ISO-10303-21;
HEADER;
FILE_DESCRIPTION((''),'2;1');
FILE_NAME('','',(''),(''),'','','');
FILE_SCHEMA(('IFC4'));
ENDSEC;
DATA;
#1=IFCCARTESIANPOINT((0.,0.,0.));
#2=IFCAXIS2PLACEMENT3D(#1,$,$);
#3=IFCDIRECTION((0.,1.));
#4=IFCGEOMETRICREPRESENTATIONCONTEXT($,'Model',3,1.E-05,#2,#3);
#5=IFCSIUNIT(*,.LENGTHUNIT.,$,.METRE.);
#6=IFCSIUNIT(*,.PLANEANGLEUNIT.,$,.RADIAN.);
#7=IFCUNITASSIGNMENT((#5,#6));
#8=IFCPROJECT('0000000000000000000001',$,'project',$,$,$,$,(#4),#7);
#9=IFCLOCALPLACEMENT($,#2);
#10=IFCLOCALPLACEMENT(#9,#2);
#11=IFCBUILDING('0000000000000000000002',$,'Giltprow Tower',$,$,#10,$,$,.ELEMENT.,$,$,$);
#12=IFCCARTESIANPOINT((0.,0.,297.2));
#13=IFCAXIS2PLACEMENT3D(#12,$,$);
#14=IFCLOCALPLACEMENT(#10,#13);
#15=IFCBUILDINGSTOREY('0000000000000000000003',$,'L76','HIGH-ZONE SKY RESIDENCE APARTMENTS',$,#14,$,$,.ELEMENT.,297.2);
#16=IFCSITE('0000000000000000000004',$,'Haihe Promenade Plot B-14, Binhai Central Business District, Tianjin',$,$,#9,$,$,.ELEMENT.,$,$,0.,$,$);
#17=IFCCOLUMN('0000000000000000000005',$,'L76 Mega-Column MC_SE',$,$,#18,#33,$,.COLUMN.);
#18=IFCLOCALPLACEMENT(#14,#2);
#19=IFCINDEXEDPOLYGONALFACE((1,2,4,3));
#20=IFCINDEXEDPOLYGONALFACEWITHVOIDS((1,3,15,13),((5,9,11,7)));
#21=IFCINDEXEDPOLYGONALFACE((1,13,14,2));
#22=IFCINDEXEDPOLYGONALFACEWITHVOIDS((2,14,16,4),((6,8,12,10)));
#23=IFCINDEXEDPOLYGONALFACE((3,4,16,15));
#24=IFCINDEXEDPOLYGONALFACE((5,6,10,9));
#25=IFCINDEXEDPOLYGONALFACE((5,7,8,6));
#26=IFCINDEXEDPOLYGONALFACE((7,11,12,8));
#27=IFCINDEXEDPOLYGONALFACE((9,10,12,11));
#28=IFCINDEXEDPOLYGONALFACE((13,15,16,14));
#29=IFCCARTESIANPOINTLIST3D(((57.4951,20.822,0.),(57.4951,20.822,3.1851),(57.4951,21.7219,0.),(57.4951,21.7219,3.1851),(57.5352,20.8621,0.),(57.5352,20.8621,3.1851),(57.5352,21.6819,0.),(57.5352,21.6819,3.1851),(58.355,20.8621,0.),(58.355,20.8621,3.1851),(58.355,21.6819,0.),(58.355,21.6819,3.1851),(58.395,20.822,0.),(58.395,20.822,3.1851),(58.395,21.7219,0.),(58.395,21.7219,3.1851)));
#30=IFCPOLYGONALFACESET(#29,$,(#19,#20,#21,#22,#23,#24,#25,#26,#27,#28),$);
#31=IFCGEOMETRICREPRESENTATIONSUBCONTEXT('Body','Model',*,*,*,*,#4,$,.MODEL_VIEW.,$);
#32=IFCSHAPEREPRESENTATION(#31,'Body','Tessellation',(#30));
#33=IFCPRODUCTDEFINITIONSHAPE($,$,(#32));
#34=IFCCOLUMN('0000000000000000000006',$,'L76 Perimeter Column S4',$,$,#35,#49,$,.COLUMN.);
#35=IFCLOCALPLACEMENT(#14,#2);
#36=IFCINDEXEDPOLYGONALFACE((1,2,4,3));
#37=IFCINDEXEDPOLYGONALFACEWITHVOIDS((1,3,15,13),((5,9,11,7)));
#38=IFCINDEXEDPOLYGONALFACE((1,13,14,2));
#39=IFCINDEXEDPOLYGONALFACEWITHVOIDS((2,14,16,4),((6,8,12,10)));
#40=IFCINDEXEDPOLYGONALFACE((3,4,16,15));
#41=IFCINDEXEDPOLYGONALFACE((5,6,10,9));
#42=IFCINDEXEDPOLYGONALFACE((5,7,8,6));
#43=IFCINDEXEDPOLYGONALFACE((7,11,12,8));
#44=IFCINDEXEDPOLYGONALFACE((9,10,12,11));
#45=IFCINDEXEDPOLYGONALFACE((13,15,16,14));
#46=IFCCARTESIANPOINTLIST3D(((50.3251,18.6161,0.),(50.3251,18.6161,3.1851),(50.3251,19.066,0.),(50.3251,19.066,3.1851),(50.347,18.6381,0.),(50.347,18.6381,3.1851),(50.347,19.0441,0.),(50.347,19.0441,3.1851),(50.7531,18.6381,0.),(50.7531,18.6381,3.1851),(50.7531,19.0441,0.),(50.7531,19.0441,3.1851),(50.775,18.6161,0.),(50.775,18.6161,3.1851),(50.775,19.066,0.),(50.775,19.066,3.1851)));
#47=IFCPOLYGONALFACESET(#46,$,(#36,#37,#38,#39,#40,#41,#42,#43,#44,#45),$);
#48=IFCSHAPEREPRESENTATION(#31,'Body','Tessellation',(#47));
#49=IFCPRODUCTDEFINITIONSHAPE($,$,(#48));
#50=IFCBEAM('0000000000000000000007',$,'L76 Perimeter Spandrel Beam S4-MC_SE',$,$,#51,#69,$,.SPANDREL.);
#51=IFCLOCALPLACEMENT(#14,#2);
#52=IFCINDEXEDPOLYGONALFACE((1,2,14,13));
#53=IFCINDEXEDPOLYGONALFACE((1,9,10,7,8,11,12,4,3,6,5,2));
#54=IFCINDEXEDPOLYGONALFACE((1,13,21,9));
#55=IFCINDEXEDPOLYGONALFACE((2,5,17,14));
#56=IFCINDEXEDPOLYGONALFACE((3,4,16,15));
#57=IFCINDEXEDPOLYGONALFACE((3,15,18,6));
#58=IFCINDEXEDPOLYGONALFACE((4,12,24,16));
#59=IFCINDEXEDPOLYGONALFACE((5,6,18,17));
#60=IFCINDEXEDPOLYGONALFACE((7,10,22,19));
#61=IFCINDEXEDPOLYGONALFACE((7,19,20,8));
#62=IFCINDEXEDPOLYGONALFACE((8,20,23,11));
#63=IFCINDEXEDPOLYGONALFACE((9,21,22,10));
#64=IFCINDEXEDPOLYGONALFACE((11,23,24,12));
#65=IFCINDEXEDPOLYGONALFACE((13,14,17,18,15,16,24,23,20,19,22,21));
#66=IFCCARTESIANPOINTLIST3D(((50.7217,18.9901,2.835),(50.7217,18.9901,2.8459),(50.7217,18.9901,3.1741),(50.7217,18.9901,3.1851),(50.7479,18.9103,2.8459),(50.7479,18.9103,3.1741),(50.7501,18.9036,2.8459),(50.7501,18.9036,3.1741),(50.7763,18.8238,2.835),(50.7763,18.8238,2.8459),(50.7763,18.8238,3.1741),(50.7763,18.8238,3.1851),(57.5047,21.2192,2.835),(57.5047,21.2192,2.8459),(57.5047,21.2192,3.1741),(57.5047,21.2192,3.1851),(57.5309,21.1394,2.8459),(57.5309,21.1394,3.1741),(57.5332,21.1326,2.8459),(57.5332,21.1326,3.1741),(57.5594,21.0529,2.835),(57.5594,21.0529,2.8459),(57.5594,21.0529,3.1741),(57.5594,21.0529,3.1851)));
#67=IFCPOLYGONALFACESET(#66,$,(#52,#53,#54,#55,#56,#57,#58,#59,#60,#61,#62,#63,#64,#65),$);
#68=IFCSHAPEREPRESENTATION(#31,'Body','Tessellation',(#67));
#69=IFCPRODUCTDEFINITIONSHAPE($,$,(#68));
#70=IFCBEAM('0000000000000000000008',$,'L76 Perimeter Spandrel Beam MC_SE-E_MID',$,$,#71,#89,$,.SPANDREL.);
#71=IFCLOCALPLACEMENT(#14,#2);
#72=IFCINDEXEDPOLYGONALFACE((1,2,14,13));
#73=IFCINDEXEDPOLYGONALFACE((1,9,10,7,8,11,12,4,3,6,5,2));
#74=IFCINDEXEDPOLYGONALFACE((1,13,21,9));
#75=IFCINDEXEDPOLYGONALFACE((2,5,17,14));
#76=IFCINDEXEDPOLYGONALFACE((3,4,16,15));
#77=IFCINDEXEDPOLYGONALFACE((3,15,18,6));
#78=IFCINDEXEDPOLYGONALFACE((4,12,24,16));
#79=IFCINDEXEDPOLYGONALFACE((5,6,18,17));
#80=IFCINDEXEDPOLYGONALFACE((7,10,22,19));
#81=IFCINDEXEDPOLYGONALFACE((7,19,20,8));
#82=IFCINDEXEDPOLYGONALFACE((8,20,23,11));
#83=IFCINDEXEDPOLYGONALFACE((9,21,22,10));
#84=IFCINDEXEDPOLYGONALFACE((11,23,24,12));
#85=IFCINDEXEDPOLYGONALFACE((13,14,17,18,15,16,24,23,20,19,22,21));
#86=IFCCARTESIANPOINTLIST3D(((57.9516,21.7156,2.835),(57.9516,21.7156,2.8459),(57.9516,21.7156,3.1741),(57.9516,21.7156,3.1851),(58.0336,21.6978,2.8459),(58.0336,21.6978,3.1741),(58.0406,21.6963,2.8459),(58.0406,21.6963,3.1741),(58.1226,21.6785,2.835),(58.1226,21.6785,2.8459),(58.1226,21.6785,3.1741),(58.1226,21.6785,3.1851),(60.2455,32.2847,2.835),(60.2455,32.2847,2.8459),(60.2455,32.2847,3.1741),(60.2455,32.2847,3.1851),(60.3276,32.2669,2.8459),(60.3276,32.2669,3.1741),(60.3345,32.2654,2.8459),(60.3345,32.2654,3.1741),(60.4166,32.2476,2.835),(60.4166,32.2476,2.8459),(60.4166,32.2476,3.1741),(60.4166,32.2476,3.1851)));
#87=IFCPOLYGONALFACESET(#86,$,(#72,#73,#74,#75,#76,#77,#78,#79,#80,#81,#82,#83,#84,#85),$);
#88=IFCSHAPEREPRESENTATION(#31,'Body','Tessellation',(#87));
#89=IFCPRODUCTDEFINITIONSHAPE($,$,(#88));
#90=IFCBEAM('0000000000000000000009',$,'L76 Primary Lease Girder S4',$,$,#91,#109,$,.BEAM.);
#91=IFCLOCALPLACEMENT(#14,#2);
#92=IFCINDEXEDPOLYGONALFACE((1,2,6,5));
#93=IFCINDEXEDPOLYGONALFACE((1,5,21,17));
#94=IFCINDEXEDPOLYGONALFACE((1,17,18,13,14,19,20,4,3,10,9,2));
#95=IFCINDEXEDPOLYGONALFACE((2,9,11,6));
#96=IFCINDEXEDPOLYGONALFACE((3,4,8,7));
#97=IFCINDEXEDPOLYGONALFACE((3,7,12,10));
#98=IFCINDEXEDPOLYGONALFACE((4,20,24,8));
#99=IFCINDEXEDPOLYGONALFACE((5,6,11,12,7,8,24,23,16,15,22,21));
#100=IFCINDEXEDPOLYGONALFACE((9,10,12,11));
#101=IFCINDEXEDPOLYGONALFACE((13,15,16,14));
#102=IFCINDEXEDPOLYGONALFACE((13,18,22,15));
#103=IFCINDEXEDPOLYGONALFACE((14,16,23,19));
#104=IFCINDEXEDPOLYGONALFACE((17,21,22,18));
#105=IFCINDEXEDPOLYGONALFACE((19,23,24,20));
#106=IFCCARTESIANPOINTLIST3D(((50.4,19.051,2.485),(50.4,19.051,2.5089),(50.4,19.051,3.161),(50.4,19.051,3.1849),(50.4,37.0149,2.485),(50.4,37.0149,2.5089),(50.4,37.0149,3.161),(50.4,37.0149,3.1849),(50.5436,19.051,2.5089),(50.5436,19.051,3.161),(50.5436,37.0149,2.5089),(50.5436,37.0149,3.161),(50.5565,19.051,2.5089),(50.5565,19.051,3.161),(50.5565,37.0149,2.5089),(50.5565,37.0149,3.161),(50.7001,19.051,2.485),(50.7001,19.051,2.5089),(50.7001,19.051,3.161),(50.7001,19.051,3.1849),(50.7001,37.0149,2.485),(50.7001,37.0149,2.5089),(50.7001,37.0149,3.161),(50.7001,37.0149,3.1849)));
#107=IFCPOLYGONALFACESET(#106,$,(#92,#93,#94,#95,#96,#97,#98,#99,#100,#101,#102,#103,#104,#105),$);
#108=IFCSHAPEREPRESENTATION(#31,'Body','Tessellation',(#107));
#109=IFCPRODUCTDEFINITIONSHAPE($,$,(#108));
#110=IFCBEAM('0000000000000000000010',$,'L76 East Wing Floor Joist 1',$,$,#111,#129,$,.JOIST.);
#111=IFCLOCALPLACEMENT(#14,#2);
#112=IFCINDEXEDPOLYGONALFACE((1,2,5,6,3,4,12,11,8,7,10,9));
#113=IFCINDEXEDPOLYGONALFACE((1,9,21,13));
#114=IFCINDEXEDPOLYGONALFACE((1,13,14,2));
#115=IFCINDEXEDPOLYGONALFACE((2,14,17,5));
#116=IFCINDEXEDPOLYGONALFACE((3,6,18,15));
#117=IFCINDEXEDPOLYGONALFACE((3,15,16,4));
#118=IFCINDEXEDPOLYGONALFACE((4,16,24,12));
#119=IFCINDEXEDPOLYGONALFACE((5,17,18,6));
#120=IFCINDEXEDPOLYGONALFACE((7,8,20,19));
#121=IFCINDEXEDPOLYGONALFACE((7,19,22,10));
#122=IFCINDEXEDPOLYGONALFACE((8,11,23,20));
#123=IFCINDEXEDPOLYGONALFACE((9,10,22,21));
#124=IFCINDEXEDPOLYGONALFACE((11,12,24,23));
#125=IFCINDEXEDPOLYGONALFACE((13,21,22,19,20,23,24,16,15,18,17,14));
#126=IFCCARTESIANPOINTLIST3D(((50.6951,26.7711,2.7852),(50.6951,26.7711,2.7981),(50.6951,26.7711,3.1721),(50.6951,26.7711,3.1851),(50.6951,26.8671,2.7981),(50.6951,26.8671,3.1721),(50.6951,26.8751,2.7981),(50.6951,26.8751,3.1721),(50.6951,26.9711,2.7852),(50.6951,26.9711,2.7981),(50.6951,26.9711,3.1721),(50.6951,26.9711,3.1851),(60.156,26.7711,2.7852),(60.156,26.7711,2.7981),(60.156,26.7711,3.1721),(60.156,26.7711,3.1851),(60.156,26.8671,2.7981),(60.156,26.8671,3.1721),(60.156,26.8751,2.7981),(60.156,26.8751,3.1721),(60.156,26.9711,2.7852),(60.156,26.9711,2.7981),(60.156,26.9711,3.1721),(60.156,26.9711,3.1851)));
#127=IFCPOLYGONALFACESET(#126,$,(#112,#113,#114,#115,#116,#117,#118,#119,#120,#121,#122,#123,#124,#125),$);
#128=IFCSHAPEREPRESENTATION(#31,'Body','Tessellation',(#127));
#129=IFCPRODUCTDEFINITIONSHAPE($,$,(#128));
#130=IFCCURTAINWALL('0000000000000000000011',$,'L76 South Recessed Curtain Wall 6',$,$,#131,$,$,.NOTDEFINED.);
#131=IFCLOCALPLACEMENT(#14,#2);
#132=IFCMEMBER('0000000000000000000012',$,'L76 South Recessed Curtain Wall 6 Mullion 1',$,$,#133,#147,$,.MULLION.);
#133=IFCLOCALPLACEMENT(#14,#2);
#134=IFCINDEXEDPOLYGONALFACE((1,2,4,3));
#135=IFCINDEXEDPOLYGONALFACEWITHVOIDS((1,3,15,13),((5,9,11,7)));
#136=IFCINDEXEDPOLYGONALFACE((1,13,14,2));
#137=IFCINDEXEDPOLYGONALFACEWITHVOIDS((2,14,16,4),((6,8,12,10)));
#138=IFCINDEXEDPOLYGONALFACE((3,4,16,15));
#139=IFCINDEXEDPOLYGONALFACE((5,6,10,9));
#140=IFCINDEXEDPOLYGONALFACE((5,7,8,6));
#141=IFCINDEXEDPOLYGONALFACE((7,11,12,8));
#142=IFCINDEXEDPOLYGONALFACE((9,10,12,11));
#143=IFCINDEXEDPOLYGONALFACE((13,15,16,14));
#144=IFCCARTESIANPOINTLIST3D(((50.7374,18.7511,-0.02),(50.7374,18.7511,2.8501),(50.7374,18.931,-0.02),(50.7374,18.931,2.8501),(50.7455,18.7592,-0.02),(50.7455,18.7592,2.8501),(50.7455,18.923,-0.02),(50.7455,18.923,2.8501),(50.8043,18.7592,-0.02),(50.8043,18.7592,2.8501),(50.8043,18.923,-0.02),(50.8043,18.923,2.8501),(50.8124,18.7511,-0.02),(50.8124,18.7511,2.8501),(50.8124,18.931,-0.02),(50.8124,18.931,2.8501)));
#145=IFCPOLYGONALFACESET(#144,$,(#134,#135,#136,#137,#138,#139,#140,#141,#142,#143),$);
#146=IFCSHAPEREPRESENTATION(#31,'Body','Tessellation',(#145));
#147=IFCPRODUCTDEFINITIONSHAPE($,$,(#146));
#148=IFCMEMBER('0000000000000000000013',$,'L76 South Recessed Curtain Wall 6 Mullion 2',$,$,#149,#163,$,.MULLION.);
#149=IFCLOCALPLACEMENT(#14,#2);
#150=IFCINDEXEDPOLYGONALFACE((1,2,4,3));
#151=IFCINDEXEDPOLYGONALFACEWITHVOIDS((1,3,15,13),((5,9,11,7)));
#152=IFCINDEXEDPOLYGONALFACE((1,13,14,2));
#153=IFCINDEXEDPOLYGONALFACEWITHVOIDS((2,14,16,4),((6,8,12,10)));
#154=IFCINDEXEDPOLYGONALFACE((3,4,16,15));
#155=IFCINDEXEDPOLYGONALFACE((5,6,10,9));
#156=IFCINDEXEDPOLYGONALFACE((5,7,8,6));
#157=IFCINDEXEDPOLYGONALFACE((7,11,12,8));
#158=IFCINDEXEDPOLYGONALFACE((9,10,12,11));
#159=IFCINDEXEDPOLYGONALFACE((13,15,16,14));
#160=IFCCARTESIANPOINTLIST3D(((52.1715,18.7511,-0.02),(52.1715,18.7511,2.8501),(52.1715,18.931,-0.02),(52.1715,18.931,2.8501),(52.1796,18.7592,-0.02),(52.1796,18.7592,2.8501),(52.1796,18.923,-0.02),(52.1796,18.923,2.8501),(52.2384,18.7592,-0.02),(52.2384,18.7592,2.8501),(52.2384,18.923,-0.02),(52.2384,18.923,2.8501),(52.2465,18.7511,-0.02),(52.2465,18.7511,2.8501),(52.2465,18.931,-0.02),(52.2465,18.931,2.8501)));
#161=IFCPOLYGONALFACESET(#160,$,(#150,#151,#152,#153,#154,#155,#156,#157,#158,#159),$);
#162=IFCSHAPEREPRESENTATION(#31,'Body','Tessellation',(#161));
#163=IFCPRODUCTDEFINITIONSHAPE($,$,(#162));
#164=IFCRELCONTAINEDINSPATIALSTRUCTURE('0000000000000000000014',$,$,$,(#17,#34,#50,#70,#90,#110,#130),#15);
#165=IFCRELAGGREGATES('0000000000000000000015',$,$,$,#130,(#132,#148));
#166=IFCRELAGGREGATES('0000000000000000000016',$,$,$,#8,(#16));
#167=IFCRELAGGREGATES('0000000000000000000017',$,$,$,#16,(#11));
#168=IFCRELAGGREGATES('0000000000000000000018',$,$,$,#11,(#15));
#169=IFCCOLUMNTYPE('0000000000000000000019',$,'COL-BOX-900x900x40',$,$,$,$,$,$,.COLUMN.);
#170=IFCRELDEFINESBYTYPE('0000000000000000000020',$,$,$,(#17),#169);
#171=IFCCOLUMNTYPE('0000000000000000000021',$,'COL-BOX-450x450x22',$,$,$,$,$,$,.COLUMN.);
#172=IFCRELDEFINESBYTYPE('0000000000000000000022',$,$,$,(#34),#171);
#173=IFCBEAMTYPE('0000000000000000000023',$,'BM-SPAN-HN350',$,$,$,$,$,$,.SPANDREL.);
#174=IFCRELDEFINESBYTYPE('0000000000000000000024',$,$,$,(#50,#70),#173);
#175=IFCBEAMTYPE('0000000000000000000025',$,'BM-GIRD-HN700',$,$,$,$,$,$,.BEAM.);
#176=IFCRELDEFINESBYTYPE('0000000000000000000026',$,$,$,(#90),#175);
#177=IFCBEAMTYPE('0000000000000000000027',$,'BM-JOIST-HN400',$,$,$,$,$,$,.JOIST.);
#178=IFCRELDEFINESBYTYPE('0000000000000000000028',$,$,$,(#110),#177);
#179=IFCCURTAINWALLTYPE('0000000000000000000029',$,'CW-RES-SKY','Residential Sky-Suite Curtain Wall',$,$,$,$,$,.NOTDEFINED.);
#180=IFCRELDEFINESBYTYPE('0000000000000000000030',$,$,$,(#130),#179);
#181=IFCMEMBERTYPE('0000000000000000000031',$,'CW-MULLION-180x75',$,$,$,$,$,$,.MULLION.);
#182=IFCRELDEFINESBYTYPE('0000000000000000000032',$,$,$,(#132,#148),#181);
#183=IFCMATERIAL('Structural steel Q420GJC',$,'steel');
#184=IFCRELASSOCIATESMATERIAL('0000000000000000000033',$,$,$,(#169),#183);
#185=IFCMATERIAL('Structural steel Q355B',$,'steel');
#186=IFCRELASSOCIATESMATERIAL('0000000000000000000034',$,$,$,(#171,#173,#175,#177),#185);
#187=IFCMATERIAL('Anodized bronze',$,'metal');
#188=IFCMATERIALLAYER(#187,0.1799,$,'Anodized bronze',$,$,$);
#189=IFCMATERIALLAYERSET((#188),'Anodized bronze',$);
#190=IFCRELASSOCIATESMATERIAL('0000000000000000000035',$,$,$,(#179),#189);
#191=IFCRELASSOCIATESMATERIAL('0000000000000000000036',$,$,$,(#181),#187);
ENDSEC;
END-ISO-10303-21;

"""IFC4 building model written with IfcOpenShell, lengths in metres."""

from ifc_helpers import new_model, si_unit, direction, frame, origin, origin_2d, place, context, subcontext, project, spatial, hollow_rectangle, i_section, extrude, source, transform, mapped, material, layer, layer_set, material_profile, profile_set, type_object, element, aggregate, save


model = new_model("IFC4")

# Units and contexts
model_context = context("Model", 3, precision=1e-05, world=origin(), true_north=direction((0.0, 1.0)))
body_context = subcontext(model_context, "Body", "Model", "MODEL_VIEW")
ifc_project = project(units=[si_unit("LENGTHUNIT", "METRE"), si_unit("PLANEANGLEUNIT", "RADIAN")], contexts=[model_context])

# Site, building, storey
site_placement = place(None, origin())
site = spatial("IfcSite", under=ifc_project, at=site_placement, Name="Haihe Promenade Plot B-14, Binhai Central Business District, Tianjin", CompositionType="ELEMENT", RefElevation=0.0)
building_placement = place(site_placement, origin())
building = spatial("IfcBuilding", under=site, at=building_placement, Name="Giltprow Tower", CompositionType="ELEMENT")
storey_placement = place(building_placement, frame((0.0, 0.0, 297.2)))
storey = spatial("IfcBuildingStorey", under=building, at=storey_placement, Name="L76", Description="HIGH-ZONE SKY RESIDENCE APARTMENTS", CompositionType="ELEMENT", Elevation=297.2)

# Columns
ifc_material_1 = material(Name="Structural steel Q420GJC", Category="steel")
ifc_material_profile_1 = material_profile(ifc_material_1, hollow_rectangle(XDim=0.8999, YDim=0.8999, WallThickness=0.04, at=origin_2d()), Name="BOX 900x900x40")
ifc_profile_set_1 = profile_set([ifc_material_profile_1], Name="Structural steel Q420GJC")
column_type_1 = type_object("IfcColumnType", Name="COL-BOX-900x900x40", PredefinedType="COLUMN", material=ifc_profile_set_1)
shared_shape_1 = source(origin(), body_context, "Body", "SweptSolid", [
    extrude(hollow_rectangle(XDim=0.8999, YDim=0.8999, WallThickness=0.04, at=origin_2d()), origin(), (0.0, 0.0, 1.0), 3.1851),
])
column_1_placement = place(storey_placement, frame((57.9451, 21.272, 0.0), z_axis=(0.0, 0.0, 1.0), x_axis=(1.0, 0.0, 0.0)))
element("IfcColumn", 1, at=column_1_placement, inside=storey, type_object=column_type_1, Name="L76 Mega-Column MC_SE", PredefinedType="COLUMN", context=body_context, shape_type="MappedRepresentation", body=[
    mapped(shared_shape_1, transform((0.0, 0.0, 0.0), x_axis=(1.0, 0.0, 0.0), y_axis=(0.0, 1.0, 0.0), z_axis=(0.0, 0.0, 1.0), scale=1.0)),
])
ifc_material_2 = material(Name="Structural steel Q355B", Category="steel")
ifc_material_profile_2 = material_profile(ifc_material_2, hollow_rectangle(XDim=0.45, YDim=0.45, WallThickness=0.022, at=origin_2d()), Name="BOX 450x450x22")
ifc_profile_set_2 = profile_set([ifc_material_profile_2], Name="Structural steel Q355B")
column_type_2 = type_object("IfcColumnType", Name="COL-BOX-450x450x22", PredefinedType="COLUMN", material=ifc_profile_set_2)
shared_shape_2 = source(origin(), body_context, "Body", "SweptSolid", [
    extrude(hollow_rectangle(XDim=0.45, YDim=0.45, WallThickness=0.022, at=origin_2d()), origin(), (0.0, 0.0, 1.0), 3.1851),
])
column_2_placement = place(storey_placement, frame((50.55, 18.8411, 0.0), z_axis=(0.0, 0.0, 1.0), x_axis=(1.0, 0.0, 0.0)))
element("IfcColumn", 2, at=column_2_placement, inside=storey, type_object=column_type_2, Name="L76 Perimeter Column S4", PredefinedType="COLUMN", context=body_context, shape_type="MappedRepresentation", body=[
    mapped(shared_shape_2, transform((0.0, 0.0, 0.0), x_axis=(1.0, 0.0, 0.0), y_axis=(0.0, 1.0, 0.0), z_axis=(0.0, 0.0, 1.0), scale=1.0)),
])

# Beams
ifc_material_profile_3 = material_profile(ifc_material_2, i_section(OverallWidth=0.175, OverallDepth=0.3501, WebThickness=0.0071, FlangeThickness=0.011, at=origin_2d()), Name="HN 350x175x7x11")
ifc_profile_set_3 = profile_set([ifc_material_profile_3], Name="Structural steel Q355B")
beam_type_1 = type_object("IfcBeamType", Name="BM-SPAN-HN350", PredefinedType="SPANDREL", material=ifc_profile_set_3)
shared_shape_3 = source(origin(), body_context, "Body", "SweptSolid", [
    extrude(i_section(OverallWidth=0.175, OverallDepth=0.3501, WebThickness=0.0071, FlangeThickness=0.011, at=origin_2d()), origin(), (0.0, 0.0, 1.0), 7.1399),
])
beam_1_placement = place(storey_placement, frame((50.749, 18.907, 3.01), z_axis=(0.950019, 0.312193, 0.0), x_axis=(-0.312193, 0.950019, 0.0)))
element("IfcBeam", 3, at=beam_1_placement, inside=storey, type_object=beam_type_1, Name="L76 Perimeter Spandrel Beam S4-MC_SE", PredefinedType="SPANDREL", context=body_context, shape_type="MappedRepresentation", body=[
    mapped(shared_shape_3, transform((0.0, 0.0, 0.0), x_axis=(1.0, 0.0, 0.0), y_axis=(0.0, 1.0, 0.0), z_axis=(0.0, 0.0, 1.0), scale=1.0)),
])
shared_shape_4 = source(origin(), body_context, "Body", "SweptSolid", [
    extrude(i_section(OverallWidth=0.175, OverallDepth=0.3501, WebThickness=0.0071, FlangeThickness=0.011, at=origin_2d()), origin(), (0.0, 0.0, 1.0), 10.8152),
])
beam_2_placement = place(storey_placement, frame((58.0371, 21.697, 3.01), z_axis=(0.212104, 0.977247, 0.0), x_axis=(-0.977247, 0.212104, 0.0)))
element("IfcBeam", 4, at=beam_2_placement, inside=storey, type_object=beam_type_1, Name="L76 Perimeter Spandrel Beam MC_SE-E_MID", PredefinedType="SPANDREL", context=body_context, shape_type="MappedRepresentation", body=[
    mapped(shared_shape_4, transform((0.0, 0.0, 0.0), x_axis=(1.0, 0.0, 0.0), y_axis=(0.0, 1.0, 0.0), z_axis=(0.0, 0.0, 1.0), scale=1.0)),
])
ifc_material_profile_4 = material_profile(ifc_material_2, i_section(OverallWidth=0.3, OverallDepth=0.7, WebThickness=0.0129, FlangeThickness=0.0239, at=origin_2d()), Name="HN 700x300x13x24")
ifc_profile_set_4 = profile_set([ifc_material_profile_4], Name="Structural steel Q355B")
beam_type_2 = type_object("IfcBeamType", Name="BM-GIRD-HN700", PredefinedType="BEAM", material=ifc_profile_set_4)
shared_shape_5 = source(origin(), body_context, "Body", "SweptSolid", [
    extrude(i_section(OverallWidth=0.3, OverallDepth=0.7, WebThickness=0.0129, FlangeThickness=0.0239, at=origin_2d()), origin(), (0.0, 0.0, 1.0), 17.9639),
])
beam_3_placement = place(storey_placement, frame((50.55, 19.051, 2.835), z_axis=(0.0, 1.0, 0.0), x_axis=(-1.0, 0.0, 0.0)))
element("IfcBeam", 5, at=beam_3_placement, inside=storey, type_object=beam_type_2, Name="L76 Primary Lease Girder S4", PredefinedType="BEAM", context=body_context, shape_type="MappedRepresentation", body=[
    mapped(shared_shape_5, transform((0.0, 0.0, 0.0), x_axis=(1.0, 0.0, 0.0), y_axis=(0.0, 1.0, 0.0), z_axis=(0.0, 0.0, 1.0), scale=1.0)),
])
ifc_material_profile_5 = material_profile(ifc_material_2, i_section(OverallWidth=0.2, OverallDepth=0.3999, WebThickness=0.0081, FlangeThickness=0.0129, at=origin_2d()), Name="HN 400x200x8x13")
ifc_profile_set_5 = profile_set([ifc_material_profile_5], Name="Structural steel Q355B")
beam_type_3 = type_object("IfcBeamType", Name="BM-JOIST-HN400", PredefinedType="JOIST", material=ifc_profile_set_5)
shared_shape_6 = source(origin(), body_context, "Body", "SweptSolid", [
    extrude(i_section(OverallWidth=0.2, OverallDepth=0.3999, WebThickness=0.0081, FlangeThickness=0.0129, at=origin_2d()), origin(), (0.0, 0.0, 1.0), 9.4609),
])
beam_4_placement = place(storey_placement, frame((50.6951, 26.8711, 2.9851), z_axis=(1.0, 0.0, 0.0), x_axis=(0.0, 1.0, 0.0)))
element("IfcBeam", 6, at=beam_4_placement, inside=storey, type_object=beam_type_3, Name="L76 East Wing Floor Joist 1", PredefinedType="JOIST", context=body_context, shape_type="MappedRepresentation", body=[
    mapped(shared_shape_6, transform((0.0, 0.0, 0.0), x_axis=(1.0, 0.0, 0.0), y_axis=(0.0, 1.0, 0.0), z_axis=(0.0, 0.0, 1.0), scale=1.0)),
])

# Curtain wall, members
ifc_material_3 = material(Name="Anodized bronze", Category="metal")
ifc_layer_1 = layer(ifc_material_3, 0.1799, Name="Anodized bronze")
ifc_layer_set_1 = layer_set([ifc_layer_1], Name="Anodized bronze")
curtain_wall_type = type_object("IfcCurtainWallType", Name="CW-RES-SKY", Description="Residential Sky-Suite Curtain Wall", PredefinedType="NOTDEFINED", material=ifc_layer_set_1)
curtain_wall_placement = place(storey_placement, origin())
curtain_wall = element("IfcCurtainWall", 7, at=curtain_wall_placement, inside=storey, type_object=curtain_wall_type, Name="L76 South Recessed Curtain Wall 6", PredefinedType="NOTDEFINED")
ifc_material_profile_6 = material_profile(ifc_material_3, hollow_rectangle(XDim=0.075, YDim=0.1799, WallThickness=0.0081, at=origin_2d()), Name="RHS 180x75x8")
ifc_profile_set_6 = profile_set([ifc_material_profile_6], Name="Anodized bronze")
member_type_1 = type_object("IfcMemberType", Name="CW-MULLION-180x75", PredefinedType="MULLION", material=ifc_profile_set_6)
shared_shape_7 = source(origin(), body_context, "Body", "SweptSolid", [
    extrude(hollow_rectangle(XDim=0.075, YDim=0.1799, WallThickness=0.0081, at=origin_2d()), origin(), (0.0, 0.0, 1.0), 2.8701),
])
member_1_placement = place(storey_placement, frame((50.7749, 18.8411, -0.02), z_axis=(0.0, 0.0, 1.0), x_axis=(1.0, 0.0, 0.0)))
member_1 = element("IfcMember", 8, at=member_1_placement, type_object=member_type_1, Name="L76 South Recessed Curtain Wall 6 Mullion 1", PredefinedType="MULLION", context=body_context, shape_type="MappedRepresentation", body=[
    mapped(shared_shape_7, transform((0.0, 0.0, 0.0), x_axis=(1.0, 0.0, 0.0), y_axis=(0.0, 1.0, 0.0), z_axis=(0.0, 0.0, 1.0), scale=1.0)),
])
member_2_placement = place(storey_placement, frame((52.209, 18.8411, -0.02), z_axis=(0.0, 0.0, 1.0), x_axis=(1.0, 0.0, 0.0)))
member_2 = element("IfcMember", 9, at=member_2_placement, type_object=member_type_1, Name="L76 South Recessed Curtain Wall 6 Mullion 2", PredefinedType="MULLION", context=body_context, shape_type="MappedRepresentation", body=[
    mapped(shared_shape_7, transform((0.0, 0.0, 0.0), x_axis=(1.0, 0.0, 0.0), y_axis=(0.0, 1.0, 0.0), z_axis=(0.0, 0.0, 1.0), scale=1.0)),
])

aggregate(curtain_wall, [member_1, member_2])

save(model, "model.ifc")
